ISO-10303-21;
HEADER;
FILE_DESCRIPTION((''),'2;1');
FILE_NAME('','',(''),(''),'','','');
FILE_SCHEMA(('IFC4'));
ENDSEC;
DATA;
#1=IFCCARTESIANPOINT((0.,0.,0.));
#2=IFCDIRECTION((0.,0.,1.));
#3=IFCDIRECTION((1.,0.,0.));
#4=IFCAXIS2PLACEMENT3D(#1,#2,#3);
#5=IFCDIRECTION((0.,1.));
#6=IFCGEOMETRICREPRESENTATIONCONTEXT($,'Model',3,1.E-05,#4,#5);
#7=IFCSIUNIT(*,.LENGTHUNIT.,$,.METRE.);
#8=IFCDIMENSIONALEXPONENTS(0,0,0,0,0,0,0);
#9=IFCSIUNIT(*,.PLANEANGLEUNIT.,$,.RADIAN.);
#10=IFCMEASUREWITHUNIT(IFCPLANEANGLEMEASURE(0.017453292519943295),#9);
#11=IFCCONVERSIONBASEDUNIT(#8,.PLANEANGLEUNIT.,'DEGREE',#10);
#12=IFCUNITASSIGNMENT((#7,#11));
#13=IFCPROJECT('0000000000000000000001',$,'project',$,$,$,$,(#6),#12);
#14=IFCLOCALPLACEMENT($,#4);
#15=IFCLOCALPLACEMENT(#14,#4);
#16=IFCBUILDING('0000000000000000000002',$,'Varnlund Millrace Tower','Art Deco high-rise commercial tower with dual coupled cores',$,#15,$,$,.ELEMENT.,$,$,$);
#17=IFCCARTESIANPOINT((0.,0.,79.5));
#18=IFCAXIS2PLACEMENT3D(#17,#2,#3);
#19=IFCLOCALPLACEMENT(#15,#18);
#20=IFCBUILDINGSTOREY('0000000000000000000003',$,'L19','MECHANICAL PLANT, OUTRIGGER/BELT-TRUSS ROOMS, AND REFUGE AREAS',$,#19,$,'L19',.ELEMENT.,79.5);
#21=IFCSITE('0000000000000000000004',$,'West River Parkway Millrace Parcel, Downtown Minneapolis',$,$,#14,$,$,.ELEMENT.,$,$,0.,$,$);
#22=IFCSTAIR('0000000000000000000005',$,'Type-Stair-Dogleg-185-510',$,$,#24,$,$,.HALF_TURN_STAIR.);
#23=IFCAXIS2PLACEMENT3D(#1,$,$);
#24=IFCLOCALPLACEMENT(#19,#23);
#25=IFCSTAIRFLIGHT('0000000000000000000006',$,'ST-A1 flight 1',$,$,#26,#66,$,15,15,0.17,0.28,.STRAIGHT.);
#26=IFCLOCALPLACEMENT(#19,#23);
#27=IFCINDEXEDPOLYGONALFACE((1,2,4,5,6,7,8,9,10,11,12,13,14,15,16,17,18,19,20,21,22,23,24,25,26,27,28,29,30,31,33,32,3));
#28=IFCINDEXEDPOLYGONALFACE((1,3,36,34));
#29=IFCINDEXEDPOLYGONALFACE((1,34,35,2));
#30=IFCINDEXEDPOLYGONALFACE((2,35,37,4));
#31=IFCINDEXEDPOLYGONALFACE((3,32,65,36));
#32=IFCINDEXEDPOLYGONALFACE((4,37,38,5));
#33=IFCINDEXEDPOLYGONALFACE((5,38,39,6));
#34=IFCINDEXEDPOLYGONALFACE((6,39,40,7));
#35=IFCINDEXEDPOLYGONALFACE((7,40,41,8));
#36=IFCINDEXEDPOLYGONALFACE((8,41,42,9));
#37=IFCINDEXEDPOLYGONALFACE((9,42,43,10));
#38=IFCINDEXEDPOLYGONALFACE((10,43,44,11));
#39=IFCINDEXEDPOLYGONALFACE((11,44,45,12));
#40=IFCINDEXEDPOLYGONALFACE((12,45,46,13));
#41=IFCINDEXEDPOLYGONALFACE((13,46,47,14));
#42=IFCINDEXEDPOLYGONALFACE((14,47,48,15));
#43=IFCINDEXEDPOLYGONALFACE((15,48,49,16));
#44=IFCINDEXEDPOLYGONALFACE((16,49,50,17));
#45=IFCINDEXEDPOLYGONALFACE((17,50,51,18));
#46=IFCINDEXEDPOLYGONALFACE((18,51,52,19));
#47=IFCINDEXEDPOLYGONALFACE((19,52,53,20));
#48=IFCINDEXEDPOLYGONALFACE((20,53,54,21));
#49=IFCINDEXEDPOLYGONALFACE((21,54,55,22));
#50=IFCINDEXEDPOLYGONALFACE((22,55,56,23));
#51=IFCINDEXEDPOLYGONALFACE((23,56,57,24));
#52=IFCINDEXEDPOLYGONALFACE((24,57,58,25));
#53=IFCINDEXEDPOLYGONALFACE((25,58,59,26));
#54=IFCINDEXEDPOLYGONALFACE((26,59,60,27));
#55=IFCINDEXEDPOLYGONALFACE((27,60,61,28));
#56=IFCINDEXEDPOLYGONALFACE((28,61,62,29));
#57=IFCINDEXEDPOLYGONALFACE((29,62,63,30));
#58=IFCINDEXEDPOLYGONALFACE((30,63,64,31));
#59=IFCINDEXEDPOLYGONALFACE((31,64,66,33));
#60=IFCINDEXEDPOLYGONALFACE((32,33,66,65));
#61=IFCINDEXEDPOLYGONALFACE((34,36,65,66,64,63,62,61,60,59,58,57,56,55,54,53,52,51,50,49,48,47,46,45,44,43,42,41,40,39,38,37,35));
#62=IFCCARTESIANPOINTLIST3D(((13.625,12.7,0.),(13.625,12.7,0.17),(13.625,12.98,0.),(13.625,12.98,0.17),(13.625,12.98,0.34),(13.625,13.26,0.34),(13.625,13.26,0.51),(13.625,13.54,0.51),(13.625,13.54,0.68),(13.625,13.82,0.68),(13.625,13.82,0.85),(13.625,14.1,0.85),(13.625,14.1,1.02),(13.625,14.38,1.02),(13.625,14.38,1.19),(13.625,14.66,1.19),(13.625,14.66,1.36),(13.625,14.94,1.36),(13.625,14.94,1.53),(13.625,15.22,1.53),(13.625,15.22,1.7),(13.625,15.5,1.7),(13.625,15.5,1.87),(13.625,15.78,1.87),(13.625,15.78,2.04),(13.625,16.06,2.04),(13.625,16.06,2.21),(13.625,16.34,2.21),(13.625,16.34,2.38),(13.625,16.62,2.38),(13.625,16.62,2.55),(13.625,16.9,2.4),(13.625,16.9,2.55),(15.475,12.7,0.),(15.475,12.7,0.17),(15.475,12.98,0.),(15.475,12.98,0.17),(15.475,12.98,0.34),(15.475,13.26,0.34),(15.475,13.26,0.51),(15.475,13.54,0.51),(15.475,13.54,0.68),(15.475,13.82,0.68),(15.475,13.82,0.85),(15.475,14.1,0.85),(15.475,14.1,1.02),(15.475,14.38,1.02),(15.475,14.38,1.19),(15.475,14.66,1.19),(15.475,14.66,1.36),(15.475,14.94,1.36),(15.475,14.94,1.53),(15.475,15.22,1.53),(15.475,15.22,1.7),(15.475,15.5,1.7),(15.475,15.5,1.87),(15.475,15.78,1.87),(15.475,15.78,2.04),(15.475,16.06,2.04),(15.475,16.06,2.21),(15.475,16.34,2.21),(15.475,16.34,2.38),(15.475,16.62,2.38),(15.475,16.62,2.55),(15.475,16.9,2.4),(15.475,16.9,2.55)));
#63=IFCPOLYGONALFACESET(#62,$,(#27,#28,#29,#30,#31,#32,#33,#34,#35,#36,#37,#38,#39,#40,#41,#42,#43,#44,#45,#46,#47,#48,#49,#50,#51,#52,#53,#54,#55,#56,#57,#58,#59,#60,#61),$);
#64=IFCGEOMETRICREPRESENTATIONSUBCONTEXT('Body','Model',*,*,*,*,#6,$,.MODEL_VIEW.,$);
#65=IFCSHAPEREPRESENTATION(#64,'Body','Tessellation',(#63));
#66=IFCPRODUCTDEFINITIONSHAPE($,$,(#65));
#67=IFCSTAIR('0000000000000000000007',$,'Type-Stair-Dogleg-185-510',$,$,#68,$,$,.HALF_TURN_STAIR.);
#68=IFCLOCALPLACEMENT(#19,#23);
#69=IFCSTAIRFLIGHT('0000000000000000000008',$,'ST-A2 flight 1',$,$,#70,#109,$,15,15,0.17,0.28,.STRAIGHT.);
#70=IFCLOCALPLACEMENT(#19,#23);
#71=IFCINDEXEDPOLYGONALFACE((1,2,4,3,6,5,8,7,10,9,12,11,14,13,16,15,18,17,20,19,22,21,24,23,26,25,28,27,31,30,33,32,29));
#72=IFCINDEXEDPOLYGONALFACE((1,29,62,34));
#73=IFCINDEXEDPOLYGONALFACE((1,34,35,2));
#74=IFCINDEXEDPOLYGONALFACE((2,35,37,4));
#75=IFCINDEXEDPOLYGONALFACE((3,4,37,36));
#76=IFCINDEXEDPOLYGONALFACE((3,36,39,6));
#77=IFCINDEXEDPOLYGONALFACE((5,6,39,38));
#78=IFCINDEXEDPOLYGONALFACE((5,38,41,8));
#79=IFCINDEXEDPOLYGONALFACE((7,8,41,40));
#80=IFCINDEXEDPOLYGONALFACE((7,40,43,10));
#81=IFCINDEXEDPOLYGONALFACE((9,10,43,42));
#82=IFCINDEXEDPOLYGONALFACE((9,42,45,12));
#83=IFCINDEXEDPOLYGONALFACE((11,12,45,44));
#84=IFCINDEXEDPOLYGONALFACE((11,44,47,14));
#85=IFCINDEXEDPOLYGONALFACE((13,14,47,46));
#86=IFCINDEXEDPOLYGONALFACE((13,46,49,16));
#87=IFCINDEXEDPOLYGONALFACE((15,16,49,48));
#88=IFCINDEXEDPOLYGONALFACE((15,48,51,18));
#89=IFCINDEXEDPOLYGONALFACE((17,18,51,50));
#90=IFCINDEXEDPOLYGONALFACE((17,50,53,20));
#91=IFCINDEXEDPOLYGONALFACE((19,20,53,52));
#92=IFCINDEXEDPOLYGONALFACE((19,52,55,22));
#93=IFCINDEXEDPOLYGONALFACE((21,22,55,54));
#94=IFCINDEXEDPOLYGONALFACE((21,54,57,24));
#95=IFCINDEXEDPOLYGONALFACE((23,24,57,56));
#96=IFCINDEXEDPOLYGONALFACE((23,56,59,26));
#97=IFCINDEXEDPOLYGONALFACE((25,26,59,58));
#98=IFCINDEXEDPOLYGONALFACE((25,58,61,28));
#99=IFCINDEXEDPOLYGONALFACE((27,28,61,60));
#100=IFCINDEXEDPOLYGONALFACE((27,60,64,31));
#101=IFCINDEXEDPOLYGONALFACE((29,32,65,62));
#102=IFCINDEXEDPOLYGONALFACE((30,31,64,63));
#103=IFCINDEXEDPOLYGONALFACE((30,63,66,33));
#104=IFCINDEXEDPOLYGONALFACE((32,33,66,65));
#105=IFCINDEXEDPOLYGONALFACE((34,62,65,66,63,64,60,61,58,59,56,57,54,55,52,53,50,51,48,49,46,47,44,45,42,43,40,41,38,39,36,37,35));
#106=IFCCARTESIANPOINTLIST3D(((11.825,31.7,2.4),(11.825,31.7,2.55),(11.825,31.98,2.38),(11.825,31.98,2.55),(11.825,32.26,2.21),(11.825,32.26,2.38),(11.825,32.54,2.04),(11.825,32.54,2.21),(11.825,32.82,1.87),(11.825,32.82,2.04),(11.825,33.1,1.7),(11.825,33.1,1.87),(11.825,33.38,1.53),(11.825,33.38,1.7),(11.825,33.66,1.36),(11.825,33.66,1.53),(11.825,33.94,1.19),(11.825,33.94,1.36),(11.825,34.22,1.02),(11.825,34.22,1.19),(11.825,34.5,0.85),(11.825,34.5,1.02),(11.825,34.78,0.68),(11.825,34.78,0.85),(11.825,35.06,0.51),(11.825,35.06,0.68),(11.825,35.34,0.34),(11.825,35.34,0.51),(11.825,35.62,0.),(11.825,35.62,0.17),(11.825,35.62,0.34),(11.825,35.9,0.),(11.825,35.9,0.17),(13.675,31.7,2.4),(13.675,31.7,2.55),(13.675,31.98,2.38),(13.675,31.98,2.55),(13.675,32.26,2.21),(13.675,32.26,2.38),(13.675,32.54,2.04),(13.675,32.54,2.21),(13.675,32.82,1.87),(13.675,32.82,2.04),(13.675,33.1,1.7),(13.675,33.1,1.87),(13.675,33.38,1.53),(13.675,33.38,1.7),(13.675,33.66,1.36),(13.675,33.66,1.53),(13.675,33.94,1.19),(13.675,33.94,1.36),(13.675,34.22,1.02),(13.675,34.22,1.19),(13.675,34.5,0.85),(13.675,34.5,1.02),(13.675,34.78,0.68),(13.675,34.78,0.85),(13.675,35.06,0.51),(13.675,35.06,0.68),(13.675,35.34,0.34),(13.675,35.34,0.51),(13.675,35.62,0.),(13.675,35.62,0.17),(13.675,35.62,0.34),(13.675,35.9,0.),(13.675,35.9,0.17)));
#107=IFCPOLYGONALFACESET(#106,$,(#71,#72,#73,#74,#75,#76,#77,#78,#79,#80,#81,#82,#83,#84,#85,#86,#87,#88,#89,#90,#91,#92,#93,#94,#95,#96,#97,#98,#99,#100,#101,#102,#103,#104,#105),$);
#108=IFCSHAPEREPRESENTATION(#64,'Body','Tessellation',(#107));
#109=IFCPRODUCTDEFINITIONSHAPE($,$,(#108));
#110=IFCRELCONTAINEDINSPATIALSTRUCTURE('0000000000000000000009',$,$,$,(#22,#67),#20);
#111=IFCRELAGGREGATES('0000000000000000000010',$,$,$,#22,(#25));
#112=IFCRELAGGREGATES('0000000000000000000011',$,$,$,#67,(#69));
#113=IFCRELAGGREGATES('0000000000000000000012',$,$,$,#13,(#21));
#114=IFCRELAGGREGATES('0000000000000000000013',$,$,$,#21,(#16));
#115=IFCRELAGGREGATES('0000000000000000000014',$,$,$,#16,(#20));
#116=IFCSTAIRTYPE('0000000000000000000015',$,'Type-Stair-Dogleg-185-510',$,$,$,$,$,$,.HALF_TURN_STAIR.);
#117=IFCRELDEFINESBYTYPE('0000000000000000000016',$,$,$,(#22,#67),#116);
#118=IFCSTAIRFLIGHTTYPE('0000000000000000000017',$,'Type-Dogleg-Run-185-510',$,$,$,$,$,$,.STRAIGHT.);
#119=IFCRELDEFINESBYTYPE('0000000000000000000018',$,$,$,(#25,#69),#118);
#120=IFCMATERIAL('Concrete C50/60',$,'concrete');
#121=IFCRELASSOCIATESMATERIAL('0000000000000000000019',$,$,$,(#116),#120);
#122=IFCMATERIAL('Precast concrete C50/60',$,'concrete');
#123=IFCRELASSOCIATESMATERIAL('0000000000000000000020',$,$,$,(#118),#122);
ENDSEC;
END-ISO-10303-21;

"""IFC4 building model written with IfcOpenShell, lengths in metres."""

from ifc_helpers import new_model, entity, si_unit, converted_unit, direction, frame, origin_with_axes, place, context, subcontext, project, spatial, polyline, outline, extrude, material, type_object, element, aggregate, save


model = new_model("IFC4")

# Units and contexts
model_context = context("Model", 3, precision=1e-05, world=origin_with_axes(), true_north=direction((0.0, 1.0)))
body_context = subcontext(model_context, "Body", "Model", "MODEL_VIEW")
ifc_project = project(units=[si_unit("LENGTHUNIT", "METRE"), converted_unit("PLANEANGLEUNIT", "DEGREE", entity("IfcPlaneAngleMeasure", 0.017453292519943295), si_unit("PLANEANGLEUNIT", "RADIAN"), dimensions=[0, 0, 0, 0, 0, 0, 0])], contexts=[model_context])

# Site, building, storey
site_placement = place(None, origin_with_axes())
site = spatial("IfcSite", under=ifc_project, at=site_placement, Name="West River Parkway Millrace Parcel, Downtown Minneapolis", CompositionType="ELEMENT", RefElevation=0.0)
building_placement = place(site_placement, origin_with_axes())
building = spatial("IfcBuilding", under=site, at=building_placement, Name="Varnlund Millrace Tower", Description="Art Deco high-rise commercial tower with dual coupled cores", CompositionType="ELEMENT")
storey_placement = place(building_placement, frame((0.0, 0.0, 79.5), z_axis=(0.0, 0.0, 1.0), x_axis=(1.0, 0.0, 0.0)))
storey = spatial("IfcBuildingStorey", under=building, at=storey_placement, Name="L19", Description="MECHANICAL PLANT, OUTRIGGER/BELT-TRUSS ROOMS, AND REFUGE AREAS", LongName="L19", CompositionType="ELEMENT", Elevation=79.5)

# Stairs, stair flights
ifc_material_1 = material(Name="Concrete C50/60", Category="concrete")
stair_type = type_object("IfcStairType", Name="Type-Stair-Dogleg-185-510", PredefinedType="HALF_TURN_STAIR", material=ifc_material_1)
stair_1_placement = place(storey_placement, origin_with_axes())
stair_1 = element("IfcStair", 1, at=stair_1_placement, inside=storey, type_object=stair_type, Name="Type-Stair-Dogleg-185-510", PredefinedType="HALF_TURN_STAIR")
ifc_material_2 = material(Name="Precast concrete C50/60", Category="concrete")
stair_flight_type = type_object("IfcStairFlightType", Name="Type-Dogleg-Run-185-510", PredefinedType="STRAIGHT", material=ifc_material_2)
stair_flight_1_placement = place(storey_placement, frame((13.625, 12.7, 0.0), z_axis=(1.0, 0.0, 0.0), x_axis=(0.0, 1.0, 0.0)))
stair_flight_1 = element("IfcStairFlight", 2, at=stair_flight_1_placement, type_object=stair_flight_type, Name="ST-A1 flight 1", NumberOfRisers=15, NumberOfTreads=15, PredefinedType="STRAIGHT", RiserHeight=0.17, TreadLength=0.28, context=body_context, shape_type="SweptSolid", body=[
    extrude(outline(polyline([(0.0, 0.0), (0.0, 0.17), (0.28, 0.17), (0.28, 0.34), (0.56, 0.34), (0.56, 0.51), (0.84, 0.51), (0.84, 0.68), (1.12, 0.68), (1.12, 0.85), (1.4, 0.85), (1.4, 1.02), (1.68, 1.02), (1.68, 1.19), (1.96, 1.19), (1.96, 1.36), (2.24, 1.36), (2.24, 1.53), (2.52, 1.53), (2.52, 1.7), (2.8, 1.7), (2.8, 1.87), (3.08, 1.87), (3.08, 2.04), (3.36, 2.04), (3.36, 2.21), (3.64, 2.21), (3.64, 2.38), (3.92, 2.38), (3.92, 2.55), (4.2, 2.55), (4.2, 2.4), (0.28, 0.0), (0.0, 0.0)])), origin_with_axes(), (0.0, 0.0, 1.0), 1.85),
])
aggregate(stair_1, [stair_flight_1])
stair_2_placement = place(storey_placement, origin_with_axes())
stair_2 = element("IfcStair", 3, at=stair_2_placement, inside=storey, type_object=stair_type, Name="Type-Stair-Dogleg-185-510", PredefinedType="HALF_TURN_STAIR")
stair_flight_2_placement = place(storey_placement, frame((13.675, 35.9, 0.0), z_axis=(-1.0, 0.0, 0.0), x_axis=(0.0, -1.0, 0.0)))
stair_flight_2 = element("IfcStairFlight", 4, at=stair_flight_2_placement, type_object=stair_flight_type, Name="ST-A2 flight 1", NumberOfRisers=15, NumberOfTreads=15, PredefinedType="STRAIGHT", RiserHeight=0.17, TreadLength=0.28, context=body_context, shape_type="SweptSolid", body=[
    extrude(outline(polyline([(0.0, 0.0), (0.0, 0.17), (0.28, 0.17), (0.28, 0.34), (0.56, 0.34), (0.56, 0.51), (0.84, 0.51), (0.84, 0.68), (1.12, 0.68), (1.12, 0.85), (1.4, 0.85), (1.4, 1.02), (1.68, 1.02), (1.68, 1.19), (1.96, 1.19), (1.96, 1.36), (2.24, 1.36), (2.24, 1.53), (2.52, 1.53), (2.52, 1.7), (2.8, 1.7), (2.8, 1.87), (3.08, 1.87), (3.08, 2.04), (3.36, 2.04), (3.36, 2.21), (3.64, 2.21), (3.64, 2.38), (3.92, 2.38), (3.92, 2.55), (4.2, 2.55), (4.2, 2.4), (0.28, 0.0), (0.0, 0.0)])), origin_with_axes(), (0.0, 0.0, 1.0), 1.85),
])
aggregate(stair_2, [stair_flight_2])

save(model, "model.ifc")
